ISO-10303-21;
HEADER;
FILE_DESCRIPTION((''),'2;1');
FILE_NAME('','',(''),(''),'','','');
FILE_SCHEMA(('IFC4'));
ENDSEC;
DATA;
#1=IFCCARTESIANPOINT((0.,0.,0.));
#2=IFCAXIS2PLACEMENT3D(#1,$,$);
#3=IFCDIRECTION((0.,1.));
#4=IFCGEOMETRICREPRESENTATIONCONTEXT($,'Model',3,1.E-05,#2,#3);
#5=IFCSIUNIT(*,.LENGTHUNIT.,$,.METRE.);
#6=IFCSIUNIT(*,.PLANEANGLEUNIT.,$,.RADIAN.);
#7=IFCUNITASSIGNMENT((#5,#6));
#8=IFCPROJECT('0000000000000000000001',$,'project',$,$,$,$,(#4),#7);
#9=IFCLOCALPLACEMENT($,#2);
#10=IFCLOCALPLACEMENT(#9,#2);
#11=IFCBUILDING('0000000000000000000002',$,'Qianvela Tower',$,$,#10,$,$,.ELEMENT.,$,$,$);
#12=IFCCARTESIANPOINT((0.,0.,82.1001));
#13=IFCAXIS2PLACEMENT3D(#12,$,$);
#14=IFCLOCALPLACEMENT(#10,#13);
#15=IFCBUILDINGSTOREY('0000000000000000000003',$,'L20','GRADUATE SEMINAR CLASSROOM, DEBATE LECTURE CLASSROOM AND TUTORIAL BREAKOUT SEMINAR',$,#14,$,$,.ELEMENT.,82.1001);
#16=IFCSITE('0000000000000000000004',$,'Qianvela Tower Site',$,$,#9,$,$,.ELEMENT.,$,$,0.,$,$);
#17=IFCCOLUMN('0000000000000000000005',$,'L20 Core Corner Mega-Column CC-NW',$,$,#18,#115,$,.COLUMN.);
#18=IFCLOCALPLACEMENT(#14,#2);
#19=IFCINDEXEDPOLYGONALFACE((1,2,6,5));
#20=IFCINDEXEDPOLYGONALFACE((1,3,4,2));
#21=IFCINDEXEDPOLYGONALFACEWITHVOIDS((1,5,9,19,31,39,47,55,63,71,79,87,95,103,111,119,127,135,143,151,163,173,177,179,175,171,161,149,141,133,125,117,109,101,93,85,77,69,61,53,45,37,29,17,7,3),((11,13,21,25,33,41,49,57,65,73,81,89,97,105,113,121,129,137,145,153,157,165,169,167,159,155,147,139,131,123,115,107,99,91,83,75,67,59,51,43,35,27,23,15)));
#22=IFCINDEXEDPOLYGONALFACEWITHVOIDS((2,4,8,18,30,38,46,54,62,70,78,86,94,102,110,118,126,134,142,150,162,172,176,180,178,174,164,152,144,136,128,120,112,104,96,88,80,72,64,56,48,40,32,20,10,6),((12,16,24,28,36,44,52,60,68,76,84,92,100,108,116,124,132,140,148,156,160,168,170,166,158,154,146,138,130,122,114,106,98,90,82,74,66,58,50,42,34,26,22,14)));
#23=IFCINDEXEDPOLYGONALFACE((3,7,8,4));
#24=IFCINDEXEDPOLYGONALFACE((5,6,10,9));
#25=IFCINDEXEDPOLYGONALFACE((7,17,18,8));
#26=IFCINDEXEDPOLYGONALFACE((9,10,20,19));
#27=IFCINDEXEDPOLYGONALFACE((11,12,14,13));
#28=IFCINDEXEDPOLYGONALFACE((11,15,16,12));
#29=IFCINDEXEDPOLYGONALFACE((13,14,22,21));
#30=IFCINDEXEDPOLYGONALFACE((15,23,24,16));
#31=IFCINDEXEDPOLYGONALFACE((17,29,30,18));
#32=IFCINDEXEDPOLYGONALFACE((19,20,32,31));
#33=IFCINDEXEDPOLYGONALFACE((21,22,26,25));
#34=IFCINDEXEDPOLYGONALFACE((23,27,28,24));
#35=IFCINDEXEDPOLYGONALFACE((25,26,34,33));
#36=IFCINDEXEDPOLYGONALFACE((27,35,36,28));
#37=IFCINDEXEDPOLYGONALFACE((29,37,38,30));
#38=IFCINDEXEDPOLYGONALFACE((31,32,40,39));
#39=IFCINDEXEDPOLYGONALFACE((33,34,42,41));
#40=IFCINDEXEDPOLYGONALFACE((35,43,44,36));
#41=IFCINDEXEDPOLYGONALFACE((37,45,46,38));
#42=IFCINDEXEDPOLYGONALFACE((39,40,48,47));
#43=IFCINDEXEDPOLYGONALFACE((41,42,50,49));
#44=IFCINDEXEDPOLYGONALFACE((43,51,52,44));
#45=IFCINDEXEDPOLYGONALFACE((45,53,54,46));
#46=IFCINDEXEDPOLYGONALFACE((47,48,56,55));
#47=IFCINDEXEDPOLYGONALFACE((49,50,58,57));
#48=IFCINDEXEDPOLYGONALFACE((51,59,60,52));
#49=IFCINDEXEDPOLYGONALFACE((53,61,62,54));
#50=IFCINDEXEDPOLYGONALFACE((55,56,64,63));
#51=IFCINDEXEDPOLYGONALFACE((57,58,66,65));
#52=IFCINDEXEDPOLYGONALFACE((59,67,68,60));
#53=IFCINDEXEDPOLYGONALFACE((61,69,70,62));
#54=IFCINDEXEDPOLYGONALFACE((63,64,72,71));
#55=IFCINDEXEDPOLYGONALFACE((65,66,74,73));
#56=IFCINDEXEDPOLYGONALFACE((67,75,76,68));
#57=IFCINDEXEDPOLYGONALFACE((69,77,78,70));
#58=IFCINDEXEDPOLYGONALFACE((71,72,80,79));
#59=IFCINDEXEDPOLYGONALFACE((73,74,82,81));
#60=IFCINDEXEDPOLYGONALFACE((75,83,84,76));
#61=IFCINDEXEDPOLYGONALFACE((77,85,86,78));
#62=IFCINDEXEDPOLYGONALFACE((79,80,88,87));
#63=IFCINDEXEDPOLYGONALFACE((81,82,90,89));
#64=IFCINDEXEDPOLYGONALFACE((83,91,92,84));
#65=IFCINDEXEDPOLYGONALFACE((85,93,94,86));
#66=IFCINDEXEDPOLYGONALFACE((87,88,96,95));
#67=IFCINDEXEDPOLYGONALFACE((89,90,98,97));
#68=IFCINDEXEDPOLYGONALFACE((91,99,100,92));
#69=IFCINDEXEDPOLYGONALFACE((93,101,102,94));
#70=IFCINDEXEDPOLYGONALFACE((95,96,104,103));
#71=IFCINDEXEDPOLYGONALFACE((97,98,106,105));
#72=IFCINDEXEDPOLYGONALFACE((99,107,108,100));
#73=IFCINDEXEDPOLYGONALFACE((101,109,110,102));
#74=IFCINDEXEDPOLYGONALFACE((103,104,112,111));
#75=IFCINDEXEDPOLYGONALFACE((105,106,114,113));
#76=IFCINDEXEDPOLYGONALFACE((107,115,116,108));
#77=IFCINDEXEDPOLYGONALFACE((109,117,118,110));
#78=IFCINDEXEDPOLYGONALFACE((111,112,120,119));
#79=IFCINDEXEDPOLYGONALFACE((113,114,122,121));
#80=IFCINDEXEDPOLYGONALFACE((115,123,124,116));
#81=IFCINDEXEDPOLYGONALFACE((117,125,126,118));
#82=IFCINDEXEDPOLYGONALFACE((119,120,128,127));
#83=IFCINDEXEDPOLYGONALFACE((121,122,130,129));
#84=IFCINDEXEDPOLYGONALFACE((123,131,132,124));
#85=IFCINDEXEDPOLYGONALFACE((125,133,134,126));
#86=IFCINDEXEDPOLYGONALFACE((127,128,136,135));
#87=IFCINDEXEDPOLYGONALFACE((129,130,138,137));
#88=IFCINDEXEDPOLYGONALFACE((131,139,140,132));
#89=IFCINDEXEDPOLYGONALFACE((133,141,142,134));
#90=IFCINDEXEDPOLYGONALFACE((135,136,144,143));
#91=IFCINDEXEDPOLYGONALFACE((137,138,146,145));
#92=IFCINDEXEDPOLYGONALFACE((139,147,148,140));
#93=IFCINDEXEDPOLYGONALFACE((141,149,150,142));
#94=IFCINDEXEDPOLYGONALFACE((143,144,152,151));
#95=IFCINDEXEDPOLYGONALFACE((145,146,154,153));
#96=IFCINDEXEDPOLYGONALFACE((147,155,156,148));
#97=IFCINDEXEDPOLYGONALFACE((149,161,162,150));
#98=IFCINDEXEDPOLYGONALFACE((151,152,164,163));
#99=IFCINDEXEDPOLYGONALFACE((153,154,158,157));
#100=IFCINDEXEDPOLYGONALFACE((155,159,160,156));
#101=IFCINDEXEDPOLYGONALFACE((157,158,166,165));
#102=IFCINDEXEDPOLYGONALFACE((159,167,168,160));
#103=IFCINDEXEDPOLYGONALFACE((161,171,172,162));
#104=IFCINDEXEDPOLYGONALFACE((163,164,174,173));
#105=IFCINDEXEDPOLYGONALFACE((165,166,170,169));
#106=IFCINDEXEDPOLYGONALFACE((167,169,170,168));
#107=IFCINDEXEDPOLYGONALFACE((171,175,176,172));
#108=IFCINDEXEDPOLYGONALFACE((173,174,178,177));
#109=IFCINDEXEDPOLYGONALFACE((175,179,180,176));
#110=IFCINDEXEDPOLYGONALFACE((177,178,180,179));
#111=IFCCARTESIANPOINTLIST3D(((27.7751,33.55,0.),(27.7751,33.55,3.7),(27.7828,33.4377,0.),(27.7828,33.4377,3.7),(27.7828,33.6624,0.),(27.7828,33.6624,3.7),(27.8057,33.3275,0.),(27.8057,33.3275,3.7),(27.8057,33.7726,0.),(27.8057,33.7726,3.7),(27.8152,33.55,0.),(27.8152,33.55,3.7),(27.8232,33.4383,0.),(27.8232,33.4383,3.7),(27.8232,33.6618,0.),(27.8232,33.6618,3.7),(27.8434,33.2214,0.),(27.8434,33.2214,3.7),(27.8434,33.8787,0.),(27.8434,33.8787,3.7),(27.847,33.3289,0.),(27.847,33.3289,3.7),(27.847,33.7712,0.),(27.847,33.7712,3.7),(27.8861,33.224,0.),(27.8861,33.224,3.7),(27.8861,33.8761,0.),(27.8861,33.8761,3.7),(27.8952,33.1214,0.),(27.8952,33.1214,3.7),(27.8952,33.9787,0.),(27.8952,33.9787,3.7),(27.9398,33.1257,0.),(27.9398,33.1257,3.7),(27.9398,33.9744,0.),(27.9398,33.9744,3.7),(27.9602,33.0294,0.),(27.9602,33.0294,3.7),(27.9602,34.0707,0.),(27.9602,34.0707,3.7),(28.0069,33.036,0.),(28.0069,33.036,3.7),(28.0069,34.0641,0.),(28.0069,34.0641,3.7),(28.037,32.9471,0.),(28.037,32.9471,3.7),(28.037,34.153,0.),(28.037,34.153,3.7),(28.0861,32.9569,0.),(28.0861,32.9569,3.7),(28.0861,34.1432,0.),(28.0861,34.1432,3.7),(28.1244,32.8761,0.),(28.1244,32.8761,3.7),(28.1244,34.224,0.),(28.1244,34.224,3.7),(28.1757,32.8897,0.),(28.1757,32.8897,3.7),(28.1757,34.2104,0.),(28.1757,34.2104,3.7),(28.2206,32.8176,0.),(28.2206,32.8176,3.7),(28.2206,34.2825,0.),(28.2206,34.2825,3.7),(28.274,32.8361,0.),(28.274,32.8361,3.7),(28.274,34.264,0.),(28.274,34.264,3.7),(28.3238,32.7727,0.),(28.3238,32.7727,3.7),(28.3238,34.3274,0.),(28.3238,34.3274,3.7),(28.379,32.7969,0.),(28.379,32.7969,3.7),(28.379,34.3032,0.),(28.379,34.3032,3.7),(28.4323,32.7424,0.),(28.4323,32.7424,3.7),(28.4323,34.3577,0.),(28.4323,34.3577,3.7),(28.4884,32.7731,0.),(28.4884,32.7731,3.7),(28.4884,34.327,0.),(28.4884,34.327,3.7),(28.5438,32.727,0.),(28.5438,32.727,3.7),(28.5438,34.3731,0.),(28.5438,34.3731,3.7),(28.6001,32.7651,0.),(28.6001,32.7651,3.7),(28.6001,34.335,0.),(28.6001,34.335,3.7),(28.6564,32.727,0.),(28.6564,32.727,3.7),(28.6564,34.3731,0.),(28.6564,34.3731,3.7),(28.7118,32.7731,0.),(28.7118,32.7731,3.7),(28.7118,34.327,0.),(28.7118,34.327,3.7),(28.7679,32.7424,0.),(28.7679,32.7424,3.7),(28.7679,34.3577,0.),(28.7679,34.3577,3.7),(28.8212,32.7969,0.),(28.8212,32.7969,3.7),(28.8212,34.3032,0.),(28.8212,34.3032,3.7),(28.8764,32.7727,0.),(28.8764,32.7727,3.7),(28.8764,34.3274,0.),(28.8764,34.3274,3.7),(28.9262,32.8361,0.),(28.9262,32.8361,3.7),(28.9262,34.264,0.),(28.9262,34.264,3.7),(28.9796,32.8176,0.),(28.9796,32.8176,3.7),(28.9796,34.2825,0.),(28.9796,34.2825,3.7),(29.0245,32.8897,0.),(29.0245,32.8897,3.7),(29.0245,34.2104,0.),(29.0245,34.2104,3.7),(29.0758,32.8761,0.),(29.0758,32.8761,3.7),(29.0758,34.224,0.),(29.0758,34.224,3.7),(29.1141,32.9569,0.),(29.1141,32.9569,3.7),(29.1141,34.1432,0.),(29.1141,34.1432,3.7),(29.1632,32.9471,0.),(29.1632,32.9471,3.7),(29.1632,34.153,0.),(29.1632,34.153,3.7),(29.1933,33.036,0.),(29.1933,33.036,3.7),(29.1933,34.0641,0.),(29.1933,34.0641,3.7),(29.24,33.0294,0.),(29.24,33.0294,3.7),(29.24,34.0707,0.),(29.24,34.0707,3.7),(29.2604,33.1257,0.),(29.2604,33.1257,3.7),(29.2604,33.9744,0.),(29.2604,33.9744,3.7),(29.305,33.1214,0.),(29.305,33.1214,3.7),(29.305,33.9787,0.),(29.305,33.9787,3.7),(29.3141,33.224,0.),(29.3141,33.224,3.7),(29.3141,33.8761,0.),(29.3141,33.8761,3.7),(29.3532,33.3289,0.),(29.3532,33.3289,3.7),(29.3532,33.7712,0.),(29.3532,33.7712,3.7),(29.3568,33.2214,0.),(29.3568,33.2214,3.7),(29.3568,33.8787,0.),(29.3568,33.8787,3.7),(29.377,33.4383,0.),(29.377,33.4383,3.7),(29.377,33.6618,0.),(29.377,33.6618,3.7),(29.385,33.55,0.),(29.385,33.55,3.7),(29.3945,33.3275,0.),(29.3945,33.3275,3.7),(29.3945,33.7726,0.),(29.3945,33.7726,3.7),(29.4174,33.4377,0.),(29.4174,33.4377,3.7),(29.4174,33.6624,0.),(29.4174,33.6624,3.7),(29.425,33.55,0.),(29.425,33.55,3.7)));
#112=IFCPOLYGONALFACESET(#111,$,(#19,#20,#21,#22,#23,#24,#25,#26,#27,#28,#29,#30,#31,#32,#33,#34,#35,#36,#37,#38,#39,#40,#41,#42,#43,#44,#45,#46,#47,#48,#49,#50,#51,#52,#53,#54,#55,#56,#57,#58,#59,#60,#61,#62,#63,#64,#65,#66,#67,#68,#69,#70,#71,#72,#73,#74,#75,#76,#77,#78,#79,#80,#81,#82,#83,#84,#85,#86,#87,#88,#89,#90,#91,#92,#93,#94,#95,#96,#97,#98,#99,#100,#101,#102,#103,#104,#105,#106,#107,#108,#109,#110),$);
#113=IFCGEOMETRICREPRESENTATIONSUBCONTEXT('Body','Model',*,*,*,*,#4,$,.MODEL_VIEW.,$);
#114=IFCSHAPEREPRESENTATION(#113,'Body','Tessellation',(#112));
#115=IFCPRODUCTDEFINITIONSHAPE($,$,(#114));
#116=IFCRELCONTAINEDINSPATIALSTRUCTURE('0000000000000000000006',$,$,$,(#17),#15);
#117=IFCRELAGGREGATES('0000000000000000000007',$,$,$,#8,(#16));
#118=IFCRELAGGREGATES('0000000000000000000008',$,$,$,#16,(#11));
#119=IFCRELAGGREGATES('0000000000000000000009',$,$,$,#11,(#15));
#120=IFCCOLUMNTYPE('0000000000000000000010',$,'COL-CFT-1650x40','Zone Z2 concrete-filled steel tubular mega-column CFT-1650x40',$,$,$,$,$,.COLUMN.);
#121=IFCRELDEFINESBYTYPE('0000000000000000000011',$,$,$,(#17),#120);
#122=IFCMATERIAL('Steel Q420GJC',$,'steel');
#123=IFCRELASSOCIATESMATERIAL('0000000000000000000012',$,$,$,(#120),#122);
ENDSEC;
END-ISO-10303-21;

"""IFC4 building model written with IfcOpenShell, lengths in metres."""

from ifc_helpers import new_model, si_unit, direction, frame, origin, origin_2d, place, context, subcontext, project, spatial, hollow_circle, extrude, material, material_profile, profile_set, type_object, element, save


model = new_model("IFC4")

# Units and contexts
model_context = context("Model", 3, precision=1e-05, world=origin(), true_north=direction((0.0, 1.0)))
body_context = subcontext(model_context, "Body", "Model", "MODEL_VIEW")
ifc_project = project(units=[si_unit("LENGTHUNIT", "METRE"), si_unit("PLANEANGLEUNIT", "RADIAN")], contexts=[model_context])

# Site, building, storey
site_placement = place(None, origin())
site = spatial("IfcSite", under=ifc_project, at=site_placement, Name="Qianvela Tower Site", CompositionType="ELEMENT", RefElevation=0.0)
building_placement = place(site_placement, origin())
building = spatial("IfcBuilding", under=site, at=building_placement, Name="Qianvela Tower", CompositionType="ELEMENT")
storey_placement = place(building_placement, frame((0.0, 0.0, 82.1001)))
storey = spatial("IfcBuildingStorey", under=building, at=storey_placement, Name="L20", Description="GRADUATE SEMINAR CLASSROOM, DEBATE LECTURE CLASSROOM AND TUTORIAL BREAKOUT SEMINAR", CompositionType="ELEMENT", Elevation=82.1001)

# Column
ifc_material_1 = material(Name="Steel Q420GJC", Category="steel")
ifc_material_profile_1 = material_profile(ifc_material_1, hollow_circle(Radius=0.825, WallThickness=0.04, at=origin_2d()), Name="CFT-1650x40")
ifc_profile_set_1 = profile_set([ifc_material_profile_1], Name="Steel Q420GJC")
column_type = type_object("IfcColumnType", Name="COL-CFT-1650x40", Description="Zone Z2 concrete-filled steel tubular mega-column CFT-1650x40", PredefinedType="COLUMN", material=ifc_profile_set_1)
for number, where, z_axis, x_axis, name in (
    (1, (28.6001, 33.55, 0.0), (0.0, 0.0, 1.0), (1.0, 0.0, 0.0), "L20 Core Corner Mega-Column CC-NW"),
):
    element("IfcColumn", number, at=place(storey_placement, frame(where, z_axis=z_axis, x_axis=x_axis)), inside=storey, type_object=column_type, Name=name, PredefinedType="COLUMN", context=body_context, shape_type="SweptSolid", body=[
        extrude(hollow_circle(Radius=0.825, WallThickness=0.04, at=origin_2d()), origin(), (0.0, 0.0, 1.0), 3.7),
    ])

save(model, "model.ifc")
